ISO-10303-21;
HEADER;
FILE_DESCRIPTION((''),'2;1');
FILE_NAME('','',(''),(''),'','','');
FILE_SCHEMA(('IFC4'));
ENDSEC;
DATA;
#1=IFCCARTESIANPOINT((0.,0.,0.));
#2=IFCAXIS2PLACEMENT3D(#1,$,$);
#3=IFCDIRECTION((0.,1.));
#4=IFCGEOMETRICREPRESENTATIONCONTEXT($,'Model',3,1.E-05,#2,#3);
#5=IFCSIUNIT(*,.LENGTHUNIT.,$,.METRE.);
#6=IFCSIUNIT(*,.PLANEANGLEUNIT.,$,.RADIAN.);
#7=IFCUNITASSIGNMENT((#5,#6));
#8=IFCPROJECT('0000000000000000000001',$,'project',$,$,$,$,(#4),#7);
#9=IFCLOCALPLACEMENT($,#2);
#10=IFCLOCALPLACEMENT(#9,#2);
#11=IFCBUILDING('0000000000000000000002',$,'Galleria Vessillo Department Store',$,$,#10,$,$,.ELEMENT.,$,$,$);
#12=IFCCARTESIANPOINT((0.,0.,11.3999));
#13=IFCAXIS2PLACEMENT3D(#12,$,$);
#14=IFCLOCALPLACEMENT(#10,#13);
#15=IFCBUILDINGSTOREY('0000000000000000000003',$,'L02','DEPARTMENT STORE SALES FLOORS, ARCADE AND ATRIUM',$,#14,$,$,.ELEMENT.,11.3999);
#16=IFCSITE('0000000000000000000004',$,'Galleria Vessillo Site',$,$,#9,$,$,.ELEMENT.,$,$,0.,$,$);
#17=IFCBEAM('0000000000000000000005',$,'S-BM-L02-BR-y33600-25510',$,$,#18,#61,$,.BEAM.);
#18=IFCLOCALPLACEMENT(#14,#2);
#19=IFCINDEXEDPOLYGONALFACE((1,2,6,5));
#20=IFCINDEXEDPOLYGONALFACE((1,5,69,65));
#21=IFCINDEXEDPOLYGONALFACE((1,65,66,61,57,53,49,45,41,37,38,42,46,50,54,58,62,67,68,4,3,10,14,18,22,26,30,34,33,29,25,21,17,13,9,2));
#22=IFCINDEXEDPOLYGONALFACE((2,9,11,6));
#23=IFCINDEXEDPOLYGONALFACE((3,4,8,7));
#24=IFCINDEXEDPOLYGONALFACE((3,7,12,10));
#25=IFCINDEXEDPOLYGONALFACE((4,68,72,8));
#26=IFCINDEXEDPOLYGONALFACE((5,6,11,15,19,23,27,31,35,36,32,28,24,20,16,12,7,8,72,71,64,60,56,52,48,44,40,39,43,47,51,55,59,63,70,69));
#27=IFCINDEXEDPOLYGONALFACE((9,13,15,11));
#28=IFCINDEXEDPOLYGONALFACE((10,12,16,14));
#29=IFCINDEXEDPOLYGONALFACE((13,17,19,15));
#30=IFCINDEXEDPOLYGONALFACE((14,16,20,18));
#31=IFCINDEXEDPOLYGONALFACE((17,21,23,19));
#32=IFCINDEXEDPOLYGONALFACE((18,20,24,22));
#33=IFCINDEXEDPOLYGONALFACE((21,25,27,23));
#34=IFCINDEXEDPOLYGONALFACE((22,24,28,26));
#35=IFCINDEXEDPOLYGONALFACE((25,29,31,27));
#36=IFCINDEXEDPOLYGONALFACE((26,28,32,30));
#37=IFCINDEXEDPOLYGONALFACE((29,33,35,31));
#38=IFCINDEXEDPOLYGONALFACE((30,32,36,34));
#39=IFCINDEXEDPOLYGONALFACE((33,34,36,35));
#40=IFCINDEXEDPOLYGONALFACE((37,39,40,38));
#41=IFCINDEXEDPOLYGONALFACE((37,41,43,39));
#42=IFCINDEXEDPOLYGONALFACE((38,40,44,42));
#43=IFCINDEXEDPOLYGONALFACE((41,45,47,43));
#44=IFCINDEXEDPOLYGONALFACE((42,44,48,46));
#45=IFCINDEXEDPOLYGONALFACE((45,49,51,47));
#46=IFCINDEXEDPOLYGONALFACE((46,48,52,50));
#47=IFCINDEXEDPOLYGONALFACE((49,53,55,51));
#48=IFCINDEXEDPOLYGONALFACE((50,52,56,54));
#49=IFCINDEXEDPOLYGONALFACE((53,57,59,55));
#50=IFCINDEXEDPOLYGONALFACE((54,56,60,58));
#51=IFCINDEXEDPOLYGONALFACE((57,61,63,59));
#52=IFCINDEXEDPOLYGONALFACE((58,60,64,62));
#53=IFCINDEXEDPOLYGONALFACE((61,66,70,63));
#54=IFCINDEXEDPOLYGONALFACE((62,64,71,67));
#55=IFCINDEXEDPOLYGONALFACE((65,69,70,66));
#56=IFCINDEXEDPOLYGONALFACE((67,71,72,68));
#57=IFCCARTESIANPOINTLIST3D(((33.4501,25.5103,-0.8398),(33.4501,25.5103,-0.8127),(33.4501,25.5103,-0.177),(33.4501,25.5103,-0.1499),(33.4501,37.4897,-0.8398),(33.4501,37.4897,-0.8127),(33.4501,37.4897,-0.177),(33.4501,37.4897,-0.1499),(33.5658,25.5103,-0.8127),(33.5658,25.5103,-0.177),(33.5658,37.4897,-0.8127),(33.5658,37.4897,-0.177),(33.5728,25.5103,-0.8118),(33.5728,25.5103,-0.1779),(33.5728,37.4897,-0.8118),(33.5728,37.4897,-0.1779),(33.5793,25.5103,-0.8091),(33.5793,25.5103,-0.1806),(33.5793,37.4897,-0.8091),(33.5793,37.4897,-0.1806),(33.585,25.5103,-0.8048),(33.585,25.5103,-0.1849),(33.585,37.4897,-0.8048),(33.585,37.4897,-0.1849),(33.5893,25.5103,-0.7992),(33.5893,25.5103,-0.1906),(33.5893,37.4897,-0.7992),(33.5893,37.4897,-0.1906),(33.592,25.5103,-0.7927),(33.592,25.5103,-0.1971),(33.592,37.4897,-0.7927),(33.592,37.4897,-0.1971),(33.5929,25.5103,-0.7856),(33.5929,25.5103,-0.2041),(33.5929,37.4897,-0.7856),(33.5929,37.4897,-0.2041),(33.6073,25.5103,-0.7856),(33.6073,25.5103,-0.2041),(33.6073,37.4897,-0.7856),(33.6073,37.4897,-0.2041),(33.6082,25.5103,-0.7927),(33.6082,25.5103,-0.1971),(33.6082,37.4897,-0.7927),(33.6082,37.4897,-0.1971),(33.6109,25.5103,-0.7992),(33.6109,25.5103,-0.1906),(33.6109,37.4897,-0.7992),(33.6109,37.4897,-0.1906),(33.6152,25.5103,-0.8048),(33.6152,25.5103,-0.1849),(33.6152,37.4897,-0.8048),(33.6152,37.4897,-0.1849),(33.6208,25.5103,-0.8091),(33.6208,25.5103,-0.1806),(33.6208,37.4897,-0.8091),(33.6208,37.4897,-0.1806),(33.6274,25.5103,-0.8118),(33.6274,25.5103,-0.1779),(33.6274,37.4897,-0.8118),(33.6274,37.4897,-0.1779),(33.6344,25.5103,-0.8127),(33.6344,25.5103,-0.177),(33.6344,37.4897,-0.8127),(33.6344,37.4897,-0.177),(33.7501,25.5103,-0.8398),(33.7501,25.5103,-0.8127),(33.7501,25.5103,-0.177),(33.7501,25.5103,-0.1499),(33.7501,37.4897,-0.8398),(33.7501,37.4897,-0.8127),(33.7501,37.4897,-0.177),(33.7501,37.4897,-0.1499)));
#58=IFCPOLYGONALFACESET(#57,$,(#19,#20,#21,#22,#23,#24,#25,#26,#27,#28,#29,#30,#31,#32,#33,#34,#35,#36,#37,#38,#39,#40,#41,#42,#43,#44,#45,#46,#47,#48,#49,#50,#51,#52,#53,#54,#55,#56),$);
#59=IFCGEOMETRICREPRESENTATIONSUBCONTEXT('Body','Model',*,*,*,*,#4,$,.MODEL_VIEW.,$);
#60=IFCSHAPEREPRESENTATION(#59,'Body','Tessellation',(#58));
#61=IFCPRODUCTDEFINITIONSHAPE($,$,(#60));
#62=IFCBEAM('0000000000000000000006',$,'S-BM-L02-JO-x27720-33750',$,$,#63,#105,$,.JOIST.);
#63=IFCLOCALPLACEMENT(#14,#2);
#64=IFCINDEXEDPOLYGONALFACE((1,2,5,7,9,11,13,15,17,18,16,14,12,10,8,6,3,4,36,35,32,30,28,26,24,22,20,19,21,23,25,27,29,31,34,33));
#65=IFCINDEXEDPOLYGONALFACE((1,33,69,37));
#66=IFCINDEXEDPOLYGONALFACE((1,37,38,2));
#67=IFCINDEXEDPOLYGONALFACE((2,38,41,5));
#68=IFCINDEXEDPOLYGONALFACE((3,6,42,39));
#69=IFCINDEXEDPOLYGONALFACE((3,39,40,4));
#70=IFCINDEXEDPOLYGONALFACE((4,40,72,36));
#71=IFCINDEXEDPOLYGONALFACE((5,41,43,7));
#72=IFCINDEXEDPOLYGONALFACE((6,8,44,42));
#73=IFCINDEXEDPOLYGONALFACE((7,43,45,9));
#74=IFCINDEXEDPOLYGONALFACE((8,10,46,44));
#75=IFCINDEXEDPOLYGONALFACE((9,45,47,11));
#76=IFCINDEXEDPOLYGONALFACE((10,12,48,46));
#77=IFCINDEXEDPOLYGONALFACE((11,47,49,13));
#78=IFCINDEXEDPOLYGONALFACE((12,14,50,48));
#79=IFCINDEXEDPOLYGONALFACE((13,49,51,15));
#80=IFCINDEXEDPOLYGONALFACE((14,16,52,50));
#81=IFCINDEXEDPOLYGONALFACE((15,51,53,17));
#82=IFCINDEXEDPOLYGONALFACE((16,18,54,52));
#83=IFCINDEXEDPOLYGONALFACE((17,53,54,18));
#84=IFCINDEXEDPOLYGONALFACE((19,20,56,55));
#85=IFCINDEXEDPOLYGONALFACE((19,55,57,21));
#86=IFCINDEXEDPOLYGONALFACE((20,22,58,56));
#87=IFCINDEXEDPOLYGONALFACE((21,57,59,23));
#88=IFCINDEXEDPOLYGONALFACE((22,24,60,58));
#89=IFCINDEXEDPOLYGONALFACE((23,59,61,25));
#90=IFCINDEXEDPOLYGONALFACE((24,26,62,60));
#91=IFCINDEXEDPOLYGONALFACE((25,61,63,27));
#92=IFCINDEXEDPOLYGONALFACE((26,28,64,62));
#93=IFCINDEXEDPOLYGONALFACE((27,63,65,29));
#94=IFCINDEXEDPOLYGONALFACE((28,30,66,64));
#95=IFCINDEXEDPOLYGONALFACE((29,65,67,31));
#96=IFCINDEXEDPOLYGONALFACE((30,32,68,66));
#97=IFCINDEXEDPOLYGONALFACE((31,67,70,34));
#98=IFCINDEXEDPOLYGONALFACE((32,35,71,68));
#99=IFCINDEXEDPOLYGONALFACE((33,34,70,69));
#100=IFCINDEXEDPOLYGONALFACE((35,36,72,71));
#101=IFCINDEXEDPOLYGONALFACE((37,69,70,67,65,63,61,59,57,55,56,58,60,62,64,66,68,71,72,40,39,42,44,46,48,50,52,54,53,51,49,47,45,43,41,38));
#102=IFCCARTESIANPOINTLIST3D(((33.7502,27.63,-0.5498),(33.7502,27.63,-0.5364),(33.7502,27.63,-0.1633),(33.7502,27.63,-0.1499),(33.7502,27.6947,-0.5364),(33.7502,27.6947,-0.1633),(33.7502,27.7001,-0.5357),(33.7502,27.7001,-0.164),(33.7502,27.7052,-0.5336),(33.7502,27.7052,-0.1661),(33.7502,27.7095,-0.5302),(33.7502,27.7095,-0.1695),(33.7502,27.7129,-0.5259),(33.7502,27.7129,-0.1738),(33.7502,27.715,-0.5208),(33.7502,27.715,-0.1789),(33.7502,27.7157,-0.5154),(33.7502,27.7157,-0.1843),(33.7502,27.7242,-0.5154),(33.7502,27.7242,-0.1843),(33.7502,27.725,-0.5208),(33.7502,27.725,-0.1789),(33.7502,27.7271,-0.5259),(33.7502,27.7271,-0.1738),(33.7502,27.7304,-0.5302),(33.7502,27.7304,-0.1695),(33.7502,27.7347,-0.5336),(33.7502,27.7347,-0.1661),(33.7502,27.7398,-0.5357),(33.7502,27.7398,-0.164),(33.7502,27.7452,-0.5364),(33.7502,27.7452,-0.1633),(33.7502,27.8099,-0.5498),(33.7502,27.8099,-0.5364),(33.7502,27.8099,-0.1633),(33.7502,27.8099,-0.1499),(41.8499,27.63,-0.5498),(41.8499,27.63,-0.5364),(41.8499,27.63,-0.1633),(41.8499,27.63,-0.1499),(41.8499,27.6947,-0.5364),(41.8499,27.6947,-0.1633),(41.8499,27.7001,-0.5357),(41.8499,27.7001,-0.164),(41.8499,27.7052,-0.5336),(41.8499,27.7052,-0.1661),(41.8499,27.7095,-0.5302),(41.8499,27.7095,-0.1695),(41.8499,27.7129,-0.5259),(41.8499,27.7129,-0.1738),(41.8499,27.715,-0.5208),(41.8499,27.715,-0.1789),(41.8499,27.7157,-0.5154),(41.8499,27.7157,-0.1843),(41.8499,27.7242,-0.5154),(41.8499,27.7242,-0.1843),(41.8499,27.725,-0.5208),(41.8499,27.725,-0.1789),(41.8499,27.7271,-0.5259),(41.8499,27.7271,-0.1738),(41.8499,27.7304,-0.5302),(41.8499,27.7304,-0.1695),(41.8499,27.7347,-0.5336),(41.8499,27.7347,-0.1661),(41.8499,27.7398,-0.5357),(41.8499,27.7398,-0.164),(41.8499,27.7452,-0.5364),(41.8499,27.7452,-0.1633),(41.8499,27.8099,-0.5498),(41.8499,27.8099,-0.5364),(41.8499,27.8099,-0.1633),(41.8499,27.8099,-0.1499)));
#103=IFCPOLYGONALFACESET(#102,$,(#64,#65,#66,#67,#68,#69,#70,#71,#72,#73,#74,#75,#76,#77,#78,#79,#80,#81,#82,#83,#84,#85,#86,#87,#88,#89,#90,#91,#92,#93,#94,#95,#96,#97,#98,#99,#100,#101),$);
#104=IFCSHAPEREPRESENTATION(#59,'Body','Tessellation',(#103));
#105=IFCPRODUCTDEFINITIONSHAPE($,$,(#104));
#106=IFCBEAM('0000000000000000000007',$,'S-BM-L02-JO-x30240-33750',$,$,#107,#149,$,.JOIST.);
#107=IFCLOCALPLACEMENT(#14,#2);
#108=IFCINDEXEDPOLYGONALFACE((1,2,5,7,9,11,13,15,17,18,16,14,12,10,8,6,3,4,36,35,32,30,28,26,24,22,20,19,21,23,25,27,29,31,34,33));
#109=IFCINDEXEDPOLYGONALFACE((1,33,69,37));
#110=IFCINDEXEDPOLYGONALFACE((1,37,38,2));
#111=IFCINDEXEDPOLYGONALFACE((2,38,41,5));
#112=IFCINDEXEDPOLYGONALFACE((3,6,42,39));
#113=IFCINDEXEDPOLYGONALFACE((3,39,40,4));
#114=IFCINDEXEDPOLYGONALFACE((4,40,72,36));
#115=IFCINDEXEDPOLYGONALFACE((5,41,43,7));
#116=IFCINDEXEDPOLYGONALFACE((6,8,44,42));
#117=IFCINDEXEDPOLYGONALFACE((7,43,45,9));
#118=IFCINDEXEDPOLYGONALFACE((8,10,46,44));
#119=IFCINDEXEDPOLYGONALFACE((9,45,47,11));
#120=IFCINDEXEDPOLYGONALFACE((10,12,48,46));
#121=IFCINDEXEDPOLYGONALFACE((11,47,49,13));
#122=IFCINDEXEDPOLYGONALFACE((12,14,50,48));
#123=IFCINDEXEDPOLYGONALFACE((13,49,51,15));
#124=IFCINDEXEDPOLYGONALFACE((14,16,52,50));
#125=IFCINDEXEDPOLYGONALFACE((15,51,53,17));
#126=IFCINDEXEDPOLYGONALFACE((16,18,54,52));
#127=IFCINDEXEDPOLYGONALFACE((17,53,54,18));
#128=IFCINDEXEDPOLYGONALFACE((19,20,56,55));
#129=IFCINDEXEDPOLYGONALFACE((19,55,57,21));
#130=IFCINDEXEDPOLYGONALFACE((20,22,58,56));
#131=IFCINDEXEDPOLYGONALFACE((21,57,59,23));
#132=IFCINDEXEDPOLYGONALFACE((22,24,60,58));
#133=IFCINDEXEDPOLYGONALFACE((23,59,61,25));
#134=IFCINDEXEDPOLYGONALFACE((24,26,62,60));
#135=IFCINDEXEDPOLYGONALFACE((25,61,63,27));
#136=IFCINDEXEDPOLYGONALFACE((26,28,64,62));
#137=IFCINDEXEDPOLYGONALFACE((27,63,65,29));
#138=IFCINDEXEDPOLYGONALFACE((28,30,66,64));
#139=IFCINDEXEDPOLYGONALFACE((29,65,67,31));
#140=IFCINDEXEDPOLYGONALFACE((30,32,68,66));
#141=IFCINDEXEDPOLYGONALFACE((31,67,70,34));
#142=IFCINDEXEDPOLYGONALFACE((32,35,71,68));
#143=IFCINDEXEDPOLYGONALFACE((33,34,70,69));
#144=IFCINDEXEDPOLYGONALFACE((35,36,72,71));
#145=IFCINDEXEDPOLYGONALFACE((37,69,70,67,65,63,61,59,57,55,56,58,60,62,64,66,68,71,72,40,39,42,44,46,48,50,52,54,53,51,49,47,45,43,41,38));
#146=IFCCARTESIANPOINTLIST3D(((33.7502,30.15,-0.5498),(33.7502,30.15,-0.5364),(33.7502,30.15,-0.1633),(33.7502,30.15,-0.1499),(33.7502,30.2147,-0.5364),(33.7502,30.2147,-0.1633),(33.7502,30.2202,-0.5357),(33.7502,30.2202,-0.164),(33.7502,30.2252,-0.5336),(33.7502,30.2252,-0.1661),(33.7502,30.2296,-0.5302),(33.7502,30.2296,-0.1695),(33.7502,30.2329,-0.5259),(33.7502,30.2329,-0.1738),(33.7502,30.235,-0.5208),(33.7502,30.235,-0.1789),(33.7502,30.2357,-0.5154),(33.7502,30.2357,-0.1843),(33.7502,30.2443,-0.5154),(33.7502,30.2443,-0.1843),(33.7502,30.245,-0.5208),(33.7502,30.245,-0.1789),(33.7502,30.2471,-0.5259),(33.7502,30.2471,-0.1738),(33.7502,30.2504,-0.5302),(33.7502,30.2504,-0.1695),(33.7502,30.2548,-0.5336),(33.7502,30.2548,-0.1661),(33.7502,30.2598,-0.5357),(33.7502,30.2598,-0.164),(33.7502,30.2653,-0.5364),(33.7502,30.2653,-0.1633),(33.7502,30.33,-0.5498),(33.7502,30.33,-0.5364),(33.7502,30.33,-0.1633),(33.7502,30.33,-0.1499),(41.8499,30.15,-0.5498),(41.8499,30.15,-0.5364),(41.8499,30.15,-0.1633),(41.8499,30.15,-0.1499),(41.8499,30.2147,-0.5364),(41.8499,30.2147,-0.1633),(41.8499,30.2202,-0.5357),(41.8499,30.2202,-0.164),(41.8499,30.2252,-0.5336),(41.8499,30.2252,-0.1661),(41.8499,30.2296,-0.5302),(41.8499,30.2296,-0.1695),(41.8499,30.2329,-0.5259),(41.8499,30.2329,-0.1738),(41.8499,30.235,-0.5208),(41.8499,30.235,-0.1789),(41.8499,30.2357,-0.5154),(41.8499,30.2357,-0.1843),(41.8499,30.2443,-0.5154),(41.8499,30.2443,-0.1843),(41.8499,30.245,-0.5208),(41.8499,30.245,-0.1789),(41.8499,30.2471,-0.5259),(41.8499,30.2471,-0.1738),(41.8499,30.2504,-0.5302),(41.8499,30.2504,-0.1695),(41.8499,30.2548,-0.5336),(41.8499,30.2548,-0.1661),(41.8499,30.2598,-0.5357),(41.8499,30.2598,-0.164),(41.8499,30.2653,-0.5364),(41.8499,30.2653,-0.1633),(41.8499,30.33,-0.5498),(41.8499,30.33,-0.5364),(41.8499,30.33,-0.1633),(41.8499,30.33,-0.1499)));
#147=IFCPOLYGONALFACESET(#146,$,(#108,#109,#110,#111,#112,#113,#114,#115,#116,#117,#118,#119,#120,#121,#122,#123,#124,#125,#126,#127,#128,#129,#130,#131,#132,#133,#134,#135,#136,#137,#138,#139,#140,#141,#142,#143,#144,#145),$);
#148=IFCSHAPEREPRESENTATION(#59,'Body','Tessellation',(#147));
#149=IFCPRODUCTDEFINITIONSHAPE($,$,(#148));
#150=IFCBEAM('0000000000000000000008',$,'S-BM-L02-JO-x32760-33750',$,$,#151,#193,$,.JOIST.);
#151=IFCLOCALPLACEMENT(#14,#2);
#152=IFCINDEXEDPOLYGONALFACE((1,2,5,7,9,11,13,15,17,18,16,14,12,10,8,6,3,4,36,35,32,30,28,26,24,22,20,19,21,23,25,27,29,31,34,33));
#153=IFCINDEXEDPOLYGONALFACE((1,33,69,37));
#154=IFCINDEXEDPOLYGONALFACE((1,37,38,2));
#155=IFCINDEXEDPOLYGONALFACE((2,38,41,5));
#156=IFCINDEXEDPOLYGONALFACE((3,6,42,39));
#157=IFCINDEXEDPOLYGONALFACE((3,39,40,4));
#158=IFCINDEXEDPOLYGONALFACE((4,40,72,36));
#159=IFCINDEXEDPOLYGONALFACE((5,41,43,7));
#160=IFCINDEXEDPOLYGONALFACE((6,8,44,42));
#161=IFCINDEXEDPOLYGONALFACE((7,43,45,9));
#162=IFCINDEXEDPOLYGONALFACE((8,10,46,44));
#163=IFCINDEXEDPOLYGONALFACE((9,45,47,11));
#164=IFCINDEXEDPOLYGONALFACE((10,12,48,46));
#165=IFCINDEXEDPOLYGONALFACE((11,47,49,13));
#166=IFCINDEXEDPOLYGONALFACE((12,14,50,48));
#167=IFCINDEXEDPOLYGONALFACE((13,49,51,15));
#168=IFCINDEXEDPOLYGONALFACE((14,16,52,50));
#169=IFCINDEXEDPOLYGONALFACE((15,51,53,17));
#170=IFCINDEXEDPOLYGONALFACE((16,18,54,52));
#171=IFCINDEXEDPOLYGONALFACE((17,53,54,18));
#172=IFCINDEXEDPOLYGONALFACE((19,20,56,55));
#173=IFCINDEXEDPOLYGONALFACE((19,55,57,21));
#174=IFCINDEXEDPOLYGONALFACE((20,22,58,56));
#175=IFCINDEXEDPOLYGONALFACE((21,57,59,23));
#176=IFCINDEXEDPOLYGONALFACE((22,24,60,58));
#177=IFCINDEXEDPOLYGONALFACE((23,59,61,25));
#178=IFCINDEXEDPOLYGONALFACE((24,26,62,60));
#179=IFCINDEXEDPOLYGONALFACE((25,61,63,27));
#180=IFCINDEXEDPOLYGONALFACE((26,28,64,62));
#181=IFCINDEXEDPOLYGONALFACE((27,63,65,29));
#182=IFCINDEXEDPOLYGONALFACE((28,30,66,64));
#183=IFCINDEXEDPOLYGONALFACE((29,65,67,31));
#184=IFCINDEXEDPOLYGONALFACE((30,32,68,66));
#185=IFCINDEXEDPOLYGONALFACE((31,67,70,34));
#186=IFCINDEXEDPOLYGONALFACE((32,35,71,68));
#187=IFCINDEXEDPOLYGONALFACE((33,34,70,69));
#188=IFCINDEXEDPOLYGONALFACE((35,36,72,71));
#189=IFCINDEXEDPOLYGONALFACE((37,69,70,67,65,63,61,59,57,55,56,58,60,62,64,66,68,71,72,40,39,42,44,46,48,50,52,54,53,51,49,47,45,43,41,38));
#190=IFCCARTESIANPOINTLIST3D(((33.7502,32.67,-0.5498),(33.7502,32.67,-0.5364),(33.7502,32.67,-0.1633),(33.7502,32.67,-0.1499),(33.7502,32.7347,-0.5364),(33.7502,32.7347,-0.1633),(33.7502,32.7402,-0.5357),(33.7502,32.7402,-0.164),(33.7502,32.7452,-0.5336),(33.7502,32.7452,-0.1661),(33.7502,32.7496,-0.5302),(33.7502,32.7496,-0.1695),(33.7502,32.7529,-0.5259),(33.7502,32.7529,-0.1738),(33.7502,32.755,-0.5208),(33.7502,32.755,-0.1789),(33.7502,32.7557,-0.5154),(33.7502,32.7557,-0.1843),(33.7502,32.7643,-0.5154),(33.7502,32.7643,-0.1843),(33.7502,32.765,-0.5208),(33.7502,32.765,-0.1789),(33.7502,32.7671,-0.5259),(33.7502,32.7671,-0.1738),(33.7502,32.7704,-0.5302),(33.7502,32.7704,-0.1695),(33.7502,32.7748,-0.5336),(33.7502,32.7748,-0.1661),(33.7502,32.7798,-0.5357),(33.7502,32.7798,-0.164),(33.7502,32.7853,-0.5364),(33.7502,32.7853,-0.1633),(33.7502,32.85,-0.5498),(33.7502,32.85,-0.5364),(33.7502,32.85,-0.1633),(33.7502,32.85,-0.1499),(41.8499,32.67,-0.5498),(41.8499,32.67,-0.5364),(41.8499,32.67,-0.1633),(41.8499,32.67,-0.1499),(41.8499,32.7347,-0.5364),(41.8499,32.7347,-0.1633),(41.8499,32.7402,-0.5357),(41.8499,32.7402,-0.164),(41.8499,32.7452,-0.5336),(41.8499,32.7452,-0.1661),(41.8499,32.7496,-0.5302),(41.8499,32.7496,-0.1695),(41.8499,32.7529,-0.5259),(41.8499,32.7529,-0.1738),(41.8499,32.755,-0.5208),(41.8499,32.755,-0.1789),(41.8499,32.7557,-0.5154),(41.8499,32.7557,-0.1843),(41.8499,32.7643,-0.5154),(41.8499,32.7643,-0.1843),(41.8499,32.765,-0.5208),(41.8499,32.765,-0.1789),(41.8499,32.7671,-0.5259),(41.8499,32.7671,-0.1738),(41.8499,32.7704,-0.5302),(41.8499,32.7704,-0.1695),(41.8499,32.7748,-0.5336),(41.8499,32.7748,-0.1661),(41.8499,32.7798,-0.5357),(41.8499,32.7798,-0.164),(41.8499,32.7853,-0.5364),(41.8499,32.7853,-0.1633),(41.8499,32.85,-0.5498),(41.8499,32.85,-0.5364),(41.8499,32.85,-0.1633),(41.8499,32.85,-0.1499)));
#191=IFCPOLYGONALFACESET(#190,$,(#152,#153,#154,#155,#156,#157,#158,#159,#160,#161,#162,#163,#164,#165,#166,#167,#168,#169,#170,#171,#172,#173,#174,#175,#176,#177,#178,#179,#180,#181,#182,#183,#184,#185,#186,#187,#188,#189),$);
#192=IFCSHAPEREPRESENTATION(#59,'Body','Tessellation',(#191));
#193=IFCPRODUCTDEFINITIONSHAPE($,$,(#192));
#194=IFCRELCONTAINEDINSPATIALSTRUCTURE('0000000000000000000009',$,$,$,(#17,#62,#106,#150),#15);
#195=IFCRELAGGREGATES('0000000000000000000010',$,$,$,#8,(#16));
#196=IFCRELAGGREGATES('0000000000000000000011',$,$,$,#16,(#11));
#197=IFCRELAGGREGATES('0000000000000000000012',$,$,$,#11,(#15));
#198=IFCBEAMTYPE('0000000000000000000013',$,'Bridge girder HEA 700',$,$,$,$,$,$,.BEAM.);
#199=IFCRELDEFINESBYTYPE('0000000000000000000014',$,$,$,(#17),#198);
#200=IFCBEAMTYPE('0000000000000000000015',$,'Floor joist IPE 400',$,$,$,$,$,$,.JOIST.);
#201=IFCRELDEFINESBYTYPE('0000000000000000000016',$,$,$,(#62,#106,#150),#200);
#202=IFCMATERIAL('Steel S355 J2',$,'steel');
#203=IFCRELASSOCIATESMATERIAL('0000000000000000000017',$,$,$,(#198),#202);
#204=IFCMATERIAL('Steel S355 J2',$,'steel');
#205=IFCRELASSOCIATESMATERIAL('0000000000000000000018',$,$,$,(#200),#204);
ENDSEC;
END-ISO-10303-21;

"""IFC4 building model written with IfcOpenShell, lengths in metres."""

from ifc_helpers import new_model, si_unit, direction, frame, origin, origin_2d, place, context, subcontext, project, spatial, i_section, extrude, material, material_profile, profile_set, type_object, element, save


model = new_model("IFC4")

# Units and contexts
model_context = context("Model", 3, precision=1e-05, world=origin(), true_north=direction((0.0, 1.0)))
body_context = subcontext(model_context, "Body", "Model", "MODEL_VIEW")
ifc_project = project(units=[si_unit("LENGTHUNIT", "METRE"), si_unit("PLANEANGLEUNIT", "RADIAN")], contexts=[model_context])

# Site, building, storey
site_placement = place(None, origin())
site = spatial("IfcSite", under=ifc_project, at=site_placement, Name="Galleria Vessillo Site", CompositionType="ELEMENT", RefElevation=0.0)
building_placement = place(site_placement, origin())
building = spatial("IfcBuilding", under=site, at=building_placement, Name="Galleria Vessillo Department Store", CompositionType="ELEMENT")
storey_placement = place(building_placement, frame((0.0, 0.0, 11.3999)))
storey = spatial("IfcBuildingStorey", under=building, at=storey_placement, Name="L02", Description="DEPARTMENT STORE SALES FLOORS, ARCADE AND ATRIUM", CompositionType="ELEMENT", Elevation=11.3999)

# Beams
ifc_material_1 = material(Name="Steel S355 J2", Category="steel")
ifc_material_profile_1 = material_profile(ifc_material_1, i_section(OverallWidth=0.3, OverallDepth=0.6899, WebThickness=0.0144, FlangeThickness=0.0271, FilletRadius=0.0271, at=origin_2d()), Name="HEA 700")
ifc_profile_set_1 = profile_set([ifc_material_profile_1], Name="Steel S355 J2")
beam_type_1 = type_object("IfcBeamType", Name="Bridge girder HEA 700", PredefinedType="BEAM", material=ifc_profile_set_1)
beam_1_placement = place(storey_placement, frame((33.6001, 25.5103, -0.4949), z_axis=(0.0, 1.0, 0.0), x_axis=(-1.0, 0.0, 0.0)))
element("IfcBeam", 1, at=beam_1_placement, inside=storey, type_object=beam_type_1, Name="S-BM-L02-BR-y33600-25510", PredefinedType="BEAM", context=body_context, shape_type="SweptSolid", body=[
    extrude(i_section(OverallWidth=0.3, OverallDepth=0.6899, WebThickness=0.0144, FlangeThickness=0.0271, FilletRadius=0.0271, at=origin_2d()), origin(), (0.0, 0.0, 1.0), 11.9795),
])
ifc_material_2 = material(Name="Steel S355 J2", Category="steel")
ifc_material_profile_2 = material_profile(ifc_material_2, i_section(OverallWidth=0.1799, OverallDepth=0.3999, WebThickness=0.0085, FlangeThickness=0.0134, FilletRadius=0.021, at=origin_2d()), Name="IPE 400")
ifc_profile_set_2 = profile_set([ifc_material_profile_2], Name="Steel S355 J2")
beam_type_2 = type_object("IfcBeamType", Name="Floor joist IPE 400", PredefinedType="JOIST", material=ifc_profile_set_2)
for number, where, z_axis, x_axis, name in (
    (2, (33.7502, 27.72, -0.3499), (1.0, 0.0, 0.0), (0.0, 1.0, 0.0), "S-BM-L02-JO-x27720-33750"),
    (3, (33.7502, 30.24, -0.3499), (1.0, 0.0, 0.0), (0.0, 1.0, 0.0), "S-BM-L02-JO-x30240-33750"),
    (4, (33.7502, 32.76, -0.3499), (1.0, 0.0, 0.0), (0.0, 1.0, 0.0), "S-BM-L02-JO-x32760-33750"),
):
    element("IfcBeam", number, at=place(storey_placement, frame(where, z_axis=z_axis, x_axis=x_axis)), inside=storey, type_object=beam_type_2, Name=name, PredefinedType="JOIST", context=body_context, shape_type="SweptSolid", body=[
        extrude(i_section(OverallWidth=0.1799, OverallDepth=0.3999, WebThickness=0.0085, FlangeThickness=0.0134, FilletRadius=0.021, at=origin_2d()), origin(), (0.0, 0.0, 1.0), 8.0996),
    ])

save(model, "model.ifc")
